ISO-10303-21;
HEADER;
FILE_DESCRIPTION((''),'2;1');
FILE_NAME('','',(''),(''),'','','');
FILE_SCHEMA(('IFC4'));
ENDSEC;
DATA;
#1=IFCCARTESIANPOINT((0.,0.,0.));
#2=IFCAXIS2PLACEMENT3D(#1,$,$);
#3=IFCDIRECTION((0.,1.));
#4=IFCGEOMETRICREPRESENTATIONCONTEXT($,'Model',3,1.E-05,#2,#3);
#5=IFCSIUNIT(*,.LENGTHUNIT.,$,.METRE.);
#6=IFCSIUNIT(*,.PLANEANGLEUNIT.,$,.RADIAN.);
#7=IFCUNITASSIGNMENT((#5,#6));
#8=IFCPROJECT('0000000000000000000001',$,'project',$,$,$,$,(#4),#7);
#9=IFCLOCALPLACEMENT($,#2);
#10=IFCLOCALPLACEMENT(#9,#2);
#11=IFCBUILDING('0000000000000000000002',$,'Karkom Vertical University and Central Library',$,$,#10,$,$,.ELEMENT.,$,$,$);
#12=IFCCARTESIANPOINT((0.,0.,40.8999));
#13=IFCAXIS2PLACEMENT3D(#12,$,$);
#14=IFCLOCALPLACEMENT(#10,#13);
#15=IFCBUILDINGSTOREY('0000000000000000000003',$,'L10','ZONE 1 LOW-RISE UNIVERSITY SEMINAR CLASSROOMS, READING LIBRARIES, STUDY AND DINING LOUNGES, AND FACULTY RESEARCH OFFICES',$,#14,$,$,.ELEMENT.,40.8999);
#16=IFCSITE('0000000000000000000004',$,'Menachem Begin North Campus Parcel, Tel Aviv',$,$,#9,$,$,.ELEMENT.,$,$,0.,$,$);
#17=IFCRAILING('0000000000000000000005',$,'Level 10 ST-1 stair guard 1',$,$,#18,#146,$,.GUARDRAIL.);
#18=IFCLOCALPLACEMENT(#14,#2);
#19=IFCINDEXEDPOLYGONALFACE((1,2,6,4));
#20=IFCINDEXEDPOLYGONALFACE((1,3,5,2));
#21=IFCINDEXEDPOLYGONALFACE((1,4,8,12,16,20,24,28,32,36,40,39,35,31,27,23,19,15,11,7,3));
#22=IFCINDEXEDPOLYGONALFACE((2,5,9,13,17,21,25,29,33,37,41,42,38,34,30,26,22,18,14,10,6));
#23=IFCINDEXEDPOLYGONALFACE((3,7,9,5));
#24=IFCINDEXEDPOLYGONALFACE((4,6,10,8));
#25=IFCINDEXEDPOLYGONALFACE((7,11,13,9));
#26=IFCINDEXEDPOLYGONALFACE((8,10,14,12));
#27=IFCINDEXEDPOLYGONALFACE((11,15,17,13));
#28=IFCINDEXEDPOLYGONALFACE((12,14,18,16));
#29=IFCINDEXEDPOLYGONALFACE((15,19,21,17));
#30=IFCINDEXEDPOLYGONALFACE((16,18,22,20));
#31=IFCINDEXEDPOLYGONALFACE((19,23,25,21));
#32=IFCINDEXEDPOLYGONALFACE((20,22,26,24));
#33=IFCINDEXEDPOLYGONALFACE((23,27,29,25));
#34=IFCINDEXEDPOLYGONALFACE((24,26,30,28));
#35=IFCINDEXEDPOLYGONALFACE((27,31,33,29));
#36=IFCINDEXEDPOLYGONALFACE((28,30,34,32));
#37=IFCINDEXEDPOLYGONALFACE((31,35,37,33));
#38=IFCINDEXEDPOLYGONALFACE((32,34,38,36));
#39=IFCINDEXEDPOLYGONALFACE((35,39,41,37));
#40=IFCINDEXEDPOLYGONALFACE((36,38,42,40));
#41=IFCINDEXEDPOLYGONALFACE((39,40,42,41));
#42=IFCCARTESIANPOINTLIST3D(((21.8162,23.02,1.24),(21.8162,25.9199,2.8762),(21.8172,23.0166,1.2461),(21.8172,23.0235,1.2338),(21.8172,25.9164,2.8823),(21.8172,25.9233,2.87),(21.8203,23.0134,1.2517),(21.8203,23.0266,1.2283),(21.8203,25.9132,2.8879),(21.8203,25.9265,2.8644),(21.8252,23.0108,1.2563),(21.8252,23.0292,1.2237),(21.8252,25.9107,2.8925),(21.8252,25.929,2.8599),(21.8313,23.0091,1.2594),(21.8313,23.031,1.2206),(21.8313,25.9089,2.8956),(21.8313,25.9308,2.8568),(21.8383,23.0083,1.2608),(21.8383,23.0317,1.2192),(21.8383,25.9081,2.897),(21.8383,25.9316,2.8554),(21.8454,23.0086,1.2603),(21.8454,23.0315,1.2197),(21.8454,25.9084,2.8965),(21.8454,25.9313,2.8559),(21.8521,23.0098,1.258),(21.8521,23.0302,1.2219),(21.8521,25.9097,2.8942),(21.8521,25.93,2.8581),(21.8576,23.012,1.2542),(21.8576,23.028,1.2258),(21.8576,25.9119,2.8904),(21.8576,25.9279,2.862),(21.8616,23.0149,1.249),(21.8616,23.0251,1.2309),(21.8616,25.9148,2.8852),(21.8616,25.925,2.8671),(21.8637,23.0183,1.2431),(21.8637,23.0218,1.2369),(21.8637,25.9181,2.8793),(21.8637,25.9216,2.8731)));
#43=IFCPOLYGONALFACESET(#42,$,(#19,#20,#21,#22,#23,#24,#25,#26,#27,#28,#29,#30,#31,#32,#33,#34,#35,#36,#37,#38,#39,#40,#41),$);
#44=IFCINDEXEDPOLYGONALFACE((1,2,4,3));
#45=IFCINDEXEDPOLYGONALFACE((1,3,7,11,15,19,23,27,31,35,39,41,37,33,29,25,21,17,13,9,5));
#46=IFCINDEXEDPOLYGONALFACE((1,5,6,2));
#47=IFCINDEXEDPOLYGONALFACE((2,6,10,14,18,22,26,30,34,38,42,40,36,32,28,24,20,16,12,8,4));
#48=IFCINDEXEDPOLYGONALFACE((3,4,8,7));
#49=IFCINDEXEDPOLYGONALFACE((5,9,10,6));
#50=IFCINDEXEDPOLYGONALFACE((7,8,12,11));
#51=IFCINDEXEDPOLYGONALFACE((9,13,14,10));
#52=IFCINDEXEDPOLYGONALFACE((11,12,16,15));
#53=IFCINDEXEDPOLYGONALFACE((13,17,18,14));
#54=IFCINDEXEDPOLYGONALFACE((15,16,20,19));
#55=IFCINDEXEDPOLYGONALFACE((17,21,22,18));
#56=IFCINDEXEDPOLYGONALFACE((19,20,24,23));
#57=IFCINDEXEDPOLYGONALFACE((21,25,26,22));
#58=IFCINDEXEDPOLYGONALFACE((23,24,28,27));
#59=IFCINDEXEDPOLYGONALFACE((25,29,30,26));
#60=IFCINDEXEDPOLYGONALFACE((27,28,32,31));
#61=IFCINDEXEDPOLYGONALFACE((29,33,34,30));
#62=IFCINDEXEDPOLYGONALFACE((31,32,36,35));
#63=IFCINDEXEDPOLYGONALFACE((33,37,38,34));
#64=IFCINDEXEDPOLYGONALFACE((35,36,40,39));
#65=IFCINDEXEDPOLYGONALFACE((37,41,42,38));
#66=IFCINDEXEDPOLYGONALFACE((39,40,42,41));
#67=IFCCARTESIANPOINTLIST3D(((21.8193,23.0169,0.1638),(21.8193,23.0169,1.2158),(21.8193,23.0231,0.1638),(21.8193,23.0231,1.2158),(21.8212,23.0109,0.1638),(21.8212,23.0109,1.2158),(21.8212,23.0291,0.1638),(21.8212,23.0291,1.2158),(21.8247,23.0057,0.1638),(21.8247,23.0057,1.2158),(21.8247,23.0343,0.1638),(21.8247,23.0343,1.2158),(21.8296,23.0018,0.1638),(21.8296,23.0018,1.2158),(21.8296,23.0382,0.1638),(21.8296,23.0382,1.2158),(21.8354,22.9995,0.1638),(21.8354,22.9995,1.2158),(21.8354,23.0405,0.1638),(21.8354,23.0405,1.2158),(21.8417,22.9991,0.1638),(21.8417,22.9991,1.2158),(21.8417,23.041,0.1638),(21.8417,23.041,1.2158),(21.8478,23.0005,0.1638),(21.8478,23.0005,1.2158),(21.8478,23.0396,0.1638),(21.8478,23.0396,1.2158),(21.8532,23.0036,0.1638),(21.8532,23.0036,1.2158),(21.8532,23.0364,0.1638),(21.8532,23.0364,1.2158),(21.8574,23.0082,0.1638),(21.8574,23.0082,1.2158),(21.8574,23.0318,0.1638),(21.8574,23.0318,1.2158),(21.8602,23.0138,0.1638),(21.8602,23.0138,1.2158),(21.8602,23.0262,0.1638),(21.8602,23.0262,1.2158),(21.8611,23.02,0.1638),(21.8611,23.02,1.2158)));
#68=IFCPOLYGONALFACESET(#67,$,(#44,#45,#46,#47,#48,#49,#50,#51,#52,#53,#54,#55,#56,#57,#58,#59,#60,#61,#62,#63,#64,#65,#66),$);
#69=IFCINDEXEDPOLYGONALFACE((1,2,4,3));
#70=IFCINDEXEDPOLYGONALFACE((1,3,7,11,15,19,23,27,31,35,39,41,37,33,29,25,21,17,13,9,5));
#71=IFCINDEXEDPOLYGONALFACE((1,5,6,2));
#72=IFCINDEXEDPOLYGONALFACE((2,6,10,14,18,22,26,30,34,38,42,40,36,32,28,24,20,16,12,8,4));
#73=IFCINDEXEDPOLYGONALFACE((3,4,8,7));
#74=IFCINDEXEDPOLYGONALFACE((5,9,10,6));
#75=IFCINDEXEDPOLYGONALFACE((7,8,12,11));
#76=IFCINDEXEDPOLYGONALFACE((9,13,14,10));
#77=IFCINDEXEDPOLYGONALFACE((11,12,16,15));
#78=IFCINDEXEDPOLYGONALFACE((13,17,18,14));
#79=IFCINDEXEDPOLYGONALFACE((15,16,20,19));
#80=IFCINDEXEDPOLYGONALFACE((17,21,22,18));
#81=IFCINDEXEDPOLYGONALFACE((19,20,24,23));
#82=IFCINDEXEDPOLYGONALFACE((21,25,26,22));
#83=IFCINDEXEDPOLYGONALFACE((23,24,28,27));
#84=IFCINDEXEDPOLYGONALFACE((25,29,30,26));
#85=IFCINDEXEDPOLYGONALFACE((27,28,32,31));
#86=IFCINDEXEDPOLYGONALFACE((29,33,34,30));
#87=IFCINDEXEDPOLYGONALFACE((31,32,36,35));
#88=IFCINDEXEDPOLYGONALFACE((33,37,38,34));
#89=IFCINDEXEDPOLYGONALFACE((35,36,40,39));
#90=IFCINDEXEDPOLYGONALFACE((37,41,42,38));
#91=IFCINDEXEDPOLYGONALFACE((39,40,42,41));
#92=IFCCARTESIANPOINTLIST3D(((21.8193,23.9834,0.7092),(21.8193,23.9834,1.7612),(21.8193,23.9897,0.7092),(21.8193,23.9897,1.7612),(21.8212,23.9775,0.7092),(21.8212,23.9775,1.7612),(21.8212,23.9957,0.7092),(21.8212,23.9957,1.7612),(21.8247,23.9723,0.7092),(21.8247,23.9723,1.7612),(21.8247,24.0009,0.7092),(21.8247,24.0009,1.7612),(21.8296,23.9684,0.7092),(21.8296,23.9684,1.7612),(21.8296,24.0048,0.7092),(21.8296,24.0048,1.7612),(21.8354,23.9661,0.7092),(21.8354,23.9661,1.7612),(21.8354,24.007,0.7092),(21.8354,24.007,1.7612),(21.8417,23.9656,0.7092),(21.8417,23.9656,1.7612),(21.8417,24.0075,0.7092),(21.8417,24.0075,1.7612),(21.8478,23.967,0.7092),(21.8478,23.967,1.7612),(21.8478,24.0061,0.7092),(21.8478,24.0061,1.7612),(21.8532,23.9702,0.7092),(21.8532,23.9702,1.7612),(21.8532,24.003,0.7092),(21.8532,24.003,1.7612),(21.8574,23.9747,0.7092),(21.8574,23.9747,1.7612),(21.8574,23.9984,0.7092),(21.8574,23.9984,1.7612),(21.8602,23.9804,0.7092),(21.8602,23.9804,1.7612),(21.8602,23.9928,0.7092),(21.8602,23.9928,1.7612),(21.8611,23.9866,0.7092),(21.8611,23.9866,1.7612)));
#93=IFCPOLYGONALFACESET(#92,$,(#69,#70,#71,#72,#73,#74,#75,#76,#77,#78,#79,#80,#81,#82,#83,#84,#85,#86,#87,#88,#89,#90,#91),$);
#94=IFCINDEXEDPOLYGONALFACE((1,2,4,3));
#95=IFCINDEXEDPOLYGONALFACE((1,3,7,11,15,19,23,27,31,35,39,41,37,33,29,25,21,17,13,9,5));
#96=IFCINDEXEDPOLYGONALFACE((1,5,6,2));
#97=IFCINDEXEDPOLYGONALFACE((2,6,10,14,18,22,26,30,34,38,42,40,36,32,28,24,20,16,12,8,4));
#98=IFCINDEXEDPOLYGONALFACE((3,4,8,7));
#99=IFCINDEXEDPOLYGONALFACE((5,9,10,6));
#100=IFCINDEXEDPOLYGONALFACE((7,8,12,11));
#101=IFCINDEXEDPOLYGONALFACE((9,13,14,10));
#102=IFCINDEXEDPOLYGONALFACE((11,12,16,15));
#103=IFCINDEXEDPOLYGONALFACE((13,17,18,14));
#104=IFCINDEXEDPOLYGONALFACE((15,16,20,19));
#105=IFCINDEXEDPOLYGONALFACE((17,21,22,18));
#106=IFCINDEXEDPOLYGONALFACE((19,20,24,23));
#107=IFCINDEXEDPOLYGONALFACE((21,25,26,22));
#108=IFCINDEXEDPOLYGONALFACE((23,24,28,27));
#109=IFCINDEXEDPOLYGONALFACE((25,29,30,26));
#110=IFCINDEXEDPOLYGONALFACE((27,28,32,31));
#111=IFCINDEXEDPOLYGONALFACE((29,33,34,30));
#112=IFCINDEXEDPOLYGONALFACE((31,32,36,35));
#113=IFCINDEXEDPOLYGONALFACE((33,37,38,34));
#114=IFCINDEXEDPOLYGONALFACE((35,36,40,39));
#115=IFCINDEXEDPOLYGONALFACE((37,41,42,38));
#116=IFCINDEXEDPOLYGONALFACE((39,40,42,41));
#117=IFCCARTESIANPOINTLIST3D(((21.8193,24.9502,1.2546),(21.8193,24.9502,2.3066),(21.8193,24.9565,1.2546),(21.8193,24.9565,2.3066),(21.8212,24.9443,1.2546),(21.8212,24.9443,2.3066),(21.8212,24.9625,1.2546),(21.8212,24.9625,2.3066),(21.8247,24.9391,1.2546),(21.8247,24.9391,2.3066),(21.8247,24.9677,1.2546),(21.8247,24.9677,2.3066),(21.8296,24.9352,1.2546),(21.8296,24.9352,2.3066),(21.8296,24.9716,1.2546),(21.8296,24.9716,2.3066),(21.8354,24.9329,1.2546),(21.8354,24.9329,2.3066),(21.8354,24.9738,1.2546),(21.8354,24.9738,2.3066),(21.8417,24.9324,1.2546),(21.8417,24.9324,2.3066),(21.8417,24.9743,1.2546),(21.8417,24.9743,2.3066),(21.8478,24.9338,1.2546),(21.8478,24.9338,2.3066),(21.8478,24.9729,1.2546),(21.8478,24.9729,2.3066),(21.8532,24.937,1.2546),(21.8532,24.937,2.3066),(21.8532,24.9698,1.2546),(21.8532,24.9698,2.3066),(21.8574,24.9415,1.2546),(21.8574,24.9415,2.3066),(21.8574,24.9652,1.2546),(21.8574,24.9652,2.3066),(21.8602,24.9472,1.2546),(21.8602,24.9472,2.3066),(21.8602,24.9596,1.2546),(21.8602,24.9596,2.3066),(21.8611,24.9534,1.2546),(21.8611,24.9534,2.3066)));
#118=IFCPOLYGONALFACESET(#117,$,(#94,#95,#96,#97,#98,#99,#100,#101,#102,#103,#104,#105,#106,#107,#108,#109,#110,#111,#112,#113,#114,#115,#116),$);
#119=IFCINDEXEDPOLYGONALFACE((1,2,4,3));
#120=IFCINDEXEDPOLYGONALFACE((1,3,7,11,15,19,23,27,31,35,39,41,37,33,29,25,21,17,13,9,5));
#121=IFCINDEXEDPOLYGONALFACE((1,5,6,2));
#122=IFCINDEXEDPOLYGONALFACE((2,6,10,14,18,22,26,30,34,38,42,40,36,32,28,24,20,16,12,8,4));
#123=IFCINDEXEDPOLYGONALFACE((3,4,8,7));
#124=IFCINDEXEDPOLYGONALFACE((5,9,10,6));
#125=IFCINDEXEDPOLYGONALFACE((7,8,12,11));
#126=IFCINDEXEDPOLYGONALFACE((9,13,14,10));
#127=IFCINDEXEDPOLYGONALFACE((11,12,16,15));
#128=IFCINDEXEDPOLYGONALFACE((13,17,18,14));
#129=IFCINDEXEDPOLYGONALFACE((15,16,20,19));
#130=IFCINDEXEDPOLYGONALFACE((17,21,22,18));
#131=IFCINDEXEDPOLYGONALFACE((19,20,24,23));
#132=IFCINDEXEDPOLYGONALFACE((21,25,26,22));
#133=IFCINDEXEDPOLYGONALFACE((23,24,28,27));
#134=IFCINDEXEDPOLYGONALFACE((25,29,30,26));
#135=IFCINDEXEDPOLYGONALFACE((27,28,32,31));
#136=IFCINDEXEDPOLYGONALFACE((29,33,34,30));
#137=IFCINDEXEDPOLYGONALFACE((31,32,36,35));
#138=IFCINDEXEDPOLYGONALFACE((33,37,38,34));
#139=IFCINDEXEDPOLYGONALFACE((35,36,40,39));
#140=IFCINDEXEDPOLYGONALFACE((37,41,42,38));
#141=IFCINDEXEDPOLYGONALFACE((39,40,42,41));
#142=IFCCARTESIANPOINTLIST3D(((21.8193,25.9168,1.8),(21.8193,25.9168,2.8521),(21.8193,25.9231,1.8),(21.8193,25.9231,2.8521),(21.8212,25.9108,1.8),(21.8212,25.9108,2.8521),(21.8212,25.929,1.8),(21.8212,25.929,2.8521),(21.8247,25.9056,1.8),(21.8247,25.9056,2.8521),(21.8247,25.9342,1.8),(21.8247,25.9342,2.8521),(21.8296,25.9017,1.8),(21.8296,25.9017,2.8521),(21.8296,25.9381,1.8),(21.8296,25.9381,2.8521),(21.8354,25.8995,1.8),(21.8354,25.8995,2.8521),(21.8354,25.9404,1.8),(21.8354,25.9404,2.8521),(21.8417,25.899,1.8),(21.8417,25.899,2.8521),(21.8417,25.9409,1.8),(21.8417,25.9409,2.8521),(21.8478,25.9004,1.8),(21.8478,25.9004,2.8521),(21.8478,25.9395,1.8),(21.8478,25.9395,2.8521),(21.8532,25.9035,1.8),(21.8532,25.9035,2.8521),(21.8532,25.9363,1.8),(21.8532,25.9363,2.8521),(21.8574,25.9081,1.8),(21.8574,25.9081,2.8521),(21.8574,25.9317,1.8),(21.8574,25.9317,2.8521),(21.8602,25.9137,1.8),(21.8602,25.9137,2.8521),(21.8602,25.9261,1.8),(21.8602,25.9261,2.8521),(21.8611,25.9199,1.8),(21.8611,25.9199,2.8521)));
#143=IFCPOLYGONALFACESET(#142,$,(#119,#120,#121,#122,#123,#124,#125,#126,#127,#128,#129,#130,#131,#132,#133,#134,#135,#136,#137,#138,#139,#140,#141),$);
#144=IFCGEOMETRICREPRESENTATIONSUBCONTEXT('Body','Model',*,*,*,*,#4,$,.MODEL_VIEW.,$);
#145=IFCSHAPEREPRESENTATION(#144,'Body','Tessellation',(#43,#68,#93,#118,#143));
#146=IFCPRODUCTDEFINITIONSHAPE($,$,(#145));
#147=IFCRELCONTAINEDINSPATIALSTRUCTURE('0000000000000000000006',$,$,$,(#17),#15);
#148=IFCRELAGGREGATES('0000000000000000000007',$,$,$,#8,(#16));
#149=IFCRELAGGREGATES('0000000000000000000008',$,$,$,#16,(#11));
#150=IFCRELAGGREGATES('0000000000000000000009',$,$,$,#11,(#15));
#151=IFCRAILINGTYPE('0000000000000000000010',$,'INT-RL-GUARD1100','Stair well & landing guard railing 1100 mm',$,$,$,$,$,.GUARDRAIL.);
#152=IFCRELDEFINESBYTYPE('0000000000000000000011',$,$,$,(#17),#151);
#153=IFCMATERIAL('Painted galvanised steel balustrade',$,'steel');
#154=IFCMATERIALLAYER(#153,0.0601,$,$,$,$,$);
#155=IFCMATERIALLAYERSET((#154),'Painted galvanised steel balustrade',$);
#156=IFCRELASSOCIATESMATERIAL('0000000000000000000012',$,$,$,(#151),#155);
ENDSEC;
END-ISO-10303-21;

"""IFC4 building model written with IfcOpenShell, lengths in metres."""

from ifc_helpers import new_model, si_unit, direction, frame, origin, origin_2d, place, context, subcontext, project, spatial, circle, extrude, material, layer, layer_set, type_object, element, save


model = new_model("IFC4")

# Units and contexts
model_context = context("Model", 3, precision=1e-05, world=origin(), true_north=direction((0.0, 1.0)))
body_context = subcontext(model_context, "Body", "Model", "MODEL_VIEW")
ifc_project = project(units=[si_unit("LENGTHUNIT", "METRE"), si_unit("PLANEANGLEUNIT", "RADIAN")], contexts=[model_context])

# Site, building, storey
site_placement = place(None, origin())
site = spatial("IfcSite", under=ifc_project, at=site_placement, Name="Menachem Begin North Campus Parcel, Tel Aviv", CompositionType="ELEMENT", RefElevation=0.0)
building_placement = place(site_placement, origin())
building = spatial("IfcBuilding", under=site, at=building_placement, Name="Karkom Vertical University and Central Library", CompositionType="ELEMENT")
storey_placement = place(building_placement, frame((0.0, 0.0, 40.8999)))
storey = spatial("IfcBuildingStorey", under=building, at=storey_placement, Name="L10", Description="ZONE 1 LOW-RISE UNIVERSITY SEMINAR CLASSROOMS, READING LIBRARIES, STUDY AND DINING LOUNGES, AND FACULTY RESEARCH OFFICES", CompositionType="ELEMENT", Elevation=40.8999)

# Railing
ifc_material_1 = material(Name="Painted galvanised steel balustrade", Category="steel")
ifc_layer_1 = layer(ifc_material_1, 0.0601)
ifc_layer_set_1 = layer_set([ifc_layer_1], Name="Painted galvanised steel balustrade")
railing_type_1 = type_object("IfcRailingType", Name="INT-RL-GUARD1100", Description="Stair well & landing guard railing 1100 mm", PredefinedType="GUARDRAIL", material=ifc_layer_set_1)
railing_1_placement = place(storey_placement, frame((21.8401, 23.02, 0.1638)))
element("IfcRailing", 1, at=railing_1_placement, inside=storey, type_object=railing_type_1, Name="Level 10 ST-1 stair guard 1", PredefinedType="GUARDRAIL", context=body_context, shape_type="SweptSolid", body=[
    extrude(circle(Radius=0.0239, at=origin_2d()), frame((0.0, 0.0, 1.0762), z_axis=(0.0, 0.870929, 0.49141), x_axis=(-1.0, 0.0, 0.0)), (0.0, 0.0, 1.0), 3.3296),
    extrude(circle(Radius=0.021, at=origin_2d()), origin(), (0.0, 0.0, 1.0), 1.052),
    extrude(circle(Radius=0.021, at=origin_2d()), frame((0.0, 0.9666, 0.5454)), (0.0, 0.0, 1.0), 1.052),
    extrude(circle(Radius=0.021, at=origin_2d()), frame((0.0, 1.9333, 1.0908)), (0.0, 0.0, 1.0), 1.052),
    extrude(circle(Radius=0.021, at=origin_2d()), frame((0.0, 2.8999, 1.6362)), (0.0, 0.0, 1.0), 1.052),
])

save(model, "model.ifc")
